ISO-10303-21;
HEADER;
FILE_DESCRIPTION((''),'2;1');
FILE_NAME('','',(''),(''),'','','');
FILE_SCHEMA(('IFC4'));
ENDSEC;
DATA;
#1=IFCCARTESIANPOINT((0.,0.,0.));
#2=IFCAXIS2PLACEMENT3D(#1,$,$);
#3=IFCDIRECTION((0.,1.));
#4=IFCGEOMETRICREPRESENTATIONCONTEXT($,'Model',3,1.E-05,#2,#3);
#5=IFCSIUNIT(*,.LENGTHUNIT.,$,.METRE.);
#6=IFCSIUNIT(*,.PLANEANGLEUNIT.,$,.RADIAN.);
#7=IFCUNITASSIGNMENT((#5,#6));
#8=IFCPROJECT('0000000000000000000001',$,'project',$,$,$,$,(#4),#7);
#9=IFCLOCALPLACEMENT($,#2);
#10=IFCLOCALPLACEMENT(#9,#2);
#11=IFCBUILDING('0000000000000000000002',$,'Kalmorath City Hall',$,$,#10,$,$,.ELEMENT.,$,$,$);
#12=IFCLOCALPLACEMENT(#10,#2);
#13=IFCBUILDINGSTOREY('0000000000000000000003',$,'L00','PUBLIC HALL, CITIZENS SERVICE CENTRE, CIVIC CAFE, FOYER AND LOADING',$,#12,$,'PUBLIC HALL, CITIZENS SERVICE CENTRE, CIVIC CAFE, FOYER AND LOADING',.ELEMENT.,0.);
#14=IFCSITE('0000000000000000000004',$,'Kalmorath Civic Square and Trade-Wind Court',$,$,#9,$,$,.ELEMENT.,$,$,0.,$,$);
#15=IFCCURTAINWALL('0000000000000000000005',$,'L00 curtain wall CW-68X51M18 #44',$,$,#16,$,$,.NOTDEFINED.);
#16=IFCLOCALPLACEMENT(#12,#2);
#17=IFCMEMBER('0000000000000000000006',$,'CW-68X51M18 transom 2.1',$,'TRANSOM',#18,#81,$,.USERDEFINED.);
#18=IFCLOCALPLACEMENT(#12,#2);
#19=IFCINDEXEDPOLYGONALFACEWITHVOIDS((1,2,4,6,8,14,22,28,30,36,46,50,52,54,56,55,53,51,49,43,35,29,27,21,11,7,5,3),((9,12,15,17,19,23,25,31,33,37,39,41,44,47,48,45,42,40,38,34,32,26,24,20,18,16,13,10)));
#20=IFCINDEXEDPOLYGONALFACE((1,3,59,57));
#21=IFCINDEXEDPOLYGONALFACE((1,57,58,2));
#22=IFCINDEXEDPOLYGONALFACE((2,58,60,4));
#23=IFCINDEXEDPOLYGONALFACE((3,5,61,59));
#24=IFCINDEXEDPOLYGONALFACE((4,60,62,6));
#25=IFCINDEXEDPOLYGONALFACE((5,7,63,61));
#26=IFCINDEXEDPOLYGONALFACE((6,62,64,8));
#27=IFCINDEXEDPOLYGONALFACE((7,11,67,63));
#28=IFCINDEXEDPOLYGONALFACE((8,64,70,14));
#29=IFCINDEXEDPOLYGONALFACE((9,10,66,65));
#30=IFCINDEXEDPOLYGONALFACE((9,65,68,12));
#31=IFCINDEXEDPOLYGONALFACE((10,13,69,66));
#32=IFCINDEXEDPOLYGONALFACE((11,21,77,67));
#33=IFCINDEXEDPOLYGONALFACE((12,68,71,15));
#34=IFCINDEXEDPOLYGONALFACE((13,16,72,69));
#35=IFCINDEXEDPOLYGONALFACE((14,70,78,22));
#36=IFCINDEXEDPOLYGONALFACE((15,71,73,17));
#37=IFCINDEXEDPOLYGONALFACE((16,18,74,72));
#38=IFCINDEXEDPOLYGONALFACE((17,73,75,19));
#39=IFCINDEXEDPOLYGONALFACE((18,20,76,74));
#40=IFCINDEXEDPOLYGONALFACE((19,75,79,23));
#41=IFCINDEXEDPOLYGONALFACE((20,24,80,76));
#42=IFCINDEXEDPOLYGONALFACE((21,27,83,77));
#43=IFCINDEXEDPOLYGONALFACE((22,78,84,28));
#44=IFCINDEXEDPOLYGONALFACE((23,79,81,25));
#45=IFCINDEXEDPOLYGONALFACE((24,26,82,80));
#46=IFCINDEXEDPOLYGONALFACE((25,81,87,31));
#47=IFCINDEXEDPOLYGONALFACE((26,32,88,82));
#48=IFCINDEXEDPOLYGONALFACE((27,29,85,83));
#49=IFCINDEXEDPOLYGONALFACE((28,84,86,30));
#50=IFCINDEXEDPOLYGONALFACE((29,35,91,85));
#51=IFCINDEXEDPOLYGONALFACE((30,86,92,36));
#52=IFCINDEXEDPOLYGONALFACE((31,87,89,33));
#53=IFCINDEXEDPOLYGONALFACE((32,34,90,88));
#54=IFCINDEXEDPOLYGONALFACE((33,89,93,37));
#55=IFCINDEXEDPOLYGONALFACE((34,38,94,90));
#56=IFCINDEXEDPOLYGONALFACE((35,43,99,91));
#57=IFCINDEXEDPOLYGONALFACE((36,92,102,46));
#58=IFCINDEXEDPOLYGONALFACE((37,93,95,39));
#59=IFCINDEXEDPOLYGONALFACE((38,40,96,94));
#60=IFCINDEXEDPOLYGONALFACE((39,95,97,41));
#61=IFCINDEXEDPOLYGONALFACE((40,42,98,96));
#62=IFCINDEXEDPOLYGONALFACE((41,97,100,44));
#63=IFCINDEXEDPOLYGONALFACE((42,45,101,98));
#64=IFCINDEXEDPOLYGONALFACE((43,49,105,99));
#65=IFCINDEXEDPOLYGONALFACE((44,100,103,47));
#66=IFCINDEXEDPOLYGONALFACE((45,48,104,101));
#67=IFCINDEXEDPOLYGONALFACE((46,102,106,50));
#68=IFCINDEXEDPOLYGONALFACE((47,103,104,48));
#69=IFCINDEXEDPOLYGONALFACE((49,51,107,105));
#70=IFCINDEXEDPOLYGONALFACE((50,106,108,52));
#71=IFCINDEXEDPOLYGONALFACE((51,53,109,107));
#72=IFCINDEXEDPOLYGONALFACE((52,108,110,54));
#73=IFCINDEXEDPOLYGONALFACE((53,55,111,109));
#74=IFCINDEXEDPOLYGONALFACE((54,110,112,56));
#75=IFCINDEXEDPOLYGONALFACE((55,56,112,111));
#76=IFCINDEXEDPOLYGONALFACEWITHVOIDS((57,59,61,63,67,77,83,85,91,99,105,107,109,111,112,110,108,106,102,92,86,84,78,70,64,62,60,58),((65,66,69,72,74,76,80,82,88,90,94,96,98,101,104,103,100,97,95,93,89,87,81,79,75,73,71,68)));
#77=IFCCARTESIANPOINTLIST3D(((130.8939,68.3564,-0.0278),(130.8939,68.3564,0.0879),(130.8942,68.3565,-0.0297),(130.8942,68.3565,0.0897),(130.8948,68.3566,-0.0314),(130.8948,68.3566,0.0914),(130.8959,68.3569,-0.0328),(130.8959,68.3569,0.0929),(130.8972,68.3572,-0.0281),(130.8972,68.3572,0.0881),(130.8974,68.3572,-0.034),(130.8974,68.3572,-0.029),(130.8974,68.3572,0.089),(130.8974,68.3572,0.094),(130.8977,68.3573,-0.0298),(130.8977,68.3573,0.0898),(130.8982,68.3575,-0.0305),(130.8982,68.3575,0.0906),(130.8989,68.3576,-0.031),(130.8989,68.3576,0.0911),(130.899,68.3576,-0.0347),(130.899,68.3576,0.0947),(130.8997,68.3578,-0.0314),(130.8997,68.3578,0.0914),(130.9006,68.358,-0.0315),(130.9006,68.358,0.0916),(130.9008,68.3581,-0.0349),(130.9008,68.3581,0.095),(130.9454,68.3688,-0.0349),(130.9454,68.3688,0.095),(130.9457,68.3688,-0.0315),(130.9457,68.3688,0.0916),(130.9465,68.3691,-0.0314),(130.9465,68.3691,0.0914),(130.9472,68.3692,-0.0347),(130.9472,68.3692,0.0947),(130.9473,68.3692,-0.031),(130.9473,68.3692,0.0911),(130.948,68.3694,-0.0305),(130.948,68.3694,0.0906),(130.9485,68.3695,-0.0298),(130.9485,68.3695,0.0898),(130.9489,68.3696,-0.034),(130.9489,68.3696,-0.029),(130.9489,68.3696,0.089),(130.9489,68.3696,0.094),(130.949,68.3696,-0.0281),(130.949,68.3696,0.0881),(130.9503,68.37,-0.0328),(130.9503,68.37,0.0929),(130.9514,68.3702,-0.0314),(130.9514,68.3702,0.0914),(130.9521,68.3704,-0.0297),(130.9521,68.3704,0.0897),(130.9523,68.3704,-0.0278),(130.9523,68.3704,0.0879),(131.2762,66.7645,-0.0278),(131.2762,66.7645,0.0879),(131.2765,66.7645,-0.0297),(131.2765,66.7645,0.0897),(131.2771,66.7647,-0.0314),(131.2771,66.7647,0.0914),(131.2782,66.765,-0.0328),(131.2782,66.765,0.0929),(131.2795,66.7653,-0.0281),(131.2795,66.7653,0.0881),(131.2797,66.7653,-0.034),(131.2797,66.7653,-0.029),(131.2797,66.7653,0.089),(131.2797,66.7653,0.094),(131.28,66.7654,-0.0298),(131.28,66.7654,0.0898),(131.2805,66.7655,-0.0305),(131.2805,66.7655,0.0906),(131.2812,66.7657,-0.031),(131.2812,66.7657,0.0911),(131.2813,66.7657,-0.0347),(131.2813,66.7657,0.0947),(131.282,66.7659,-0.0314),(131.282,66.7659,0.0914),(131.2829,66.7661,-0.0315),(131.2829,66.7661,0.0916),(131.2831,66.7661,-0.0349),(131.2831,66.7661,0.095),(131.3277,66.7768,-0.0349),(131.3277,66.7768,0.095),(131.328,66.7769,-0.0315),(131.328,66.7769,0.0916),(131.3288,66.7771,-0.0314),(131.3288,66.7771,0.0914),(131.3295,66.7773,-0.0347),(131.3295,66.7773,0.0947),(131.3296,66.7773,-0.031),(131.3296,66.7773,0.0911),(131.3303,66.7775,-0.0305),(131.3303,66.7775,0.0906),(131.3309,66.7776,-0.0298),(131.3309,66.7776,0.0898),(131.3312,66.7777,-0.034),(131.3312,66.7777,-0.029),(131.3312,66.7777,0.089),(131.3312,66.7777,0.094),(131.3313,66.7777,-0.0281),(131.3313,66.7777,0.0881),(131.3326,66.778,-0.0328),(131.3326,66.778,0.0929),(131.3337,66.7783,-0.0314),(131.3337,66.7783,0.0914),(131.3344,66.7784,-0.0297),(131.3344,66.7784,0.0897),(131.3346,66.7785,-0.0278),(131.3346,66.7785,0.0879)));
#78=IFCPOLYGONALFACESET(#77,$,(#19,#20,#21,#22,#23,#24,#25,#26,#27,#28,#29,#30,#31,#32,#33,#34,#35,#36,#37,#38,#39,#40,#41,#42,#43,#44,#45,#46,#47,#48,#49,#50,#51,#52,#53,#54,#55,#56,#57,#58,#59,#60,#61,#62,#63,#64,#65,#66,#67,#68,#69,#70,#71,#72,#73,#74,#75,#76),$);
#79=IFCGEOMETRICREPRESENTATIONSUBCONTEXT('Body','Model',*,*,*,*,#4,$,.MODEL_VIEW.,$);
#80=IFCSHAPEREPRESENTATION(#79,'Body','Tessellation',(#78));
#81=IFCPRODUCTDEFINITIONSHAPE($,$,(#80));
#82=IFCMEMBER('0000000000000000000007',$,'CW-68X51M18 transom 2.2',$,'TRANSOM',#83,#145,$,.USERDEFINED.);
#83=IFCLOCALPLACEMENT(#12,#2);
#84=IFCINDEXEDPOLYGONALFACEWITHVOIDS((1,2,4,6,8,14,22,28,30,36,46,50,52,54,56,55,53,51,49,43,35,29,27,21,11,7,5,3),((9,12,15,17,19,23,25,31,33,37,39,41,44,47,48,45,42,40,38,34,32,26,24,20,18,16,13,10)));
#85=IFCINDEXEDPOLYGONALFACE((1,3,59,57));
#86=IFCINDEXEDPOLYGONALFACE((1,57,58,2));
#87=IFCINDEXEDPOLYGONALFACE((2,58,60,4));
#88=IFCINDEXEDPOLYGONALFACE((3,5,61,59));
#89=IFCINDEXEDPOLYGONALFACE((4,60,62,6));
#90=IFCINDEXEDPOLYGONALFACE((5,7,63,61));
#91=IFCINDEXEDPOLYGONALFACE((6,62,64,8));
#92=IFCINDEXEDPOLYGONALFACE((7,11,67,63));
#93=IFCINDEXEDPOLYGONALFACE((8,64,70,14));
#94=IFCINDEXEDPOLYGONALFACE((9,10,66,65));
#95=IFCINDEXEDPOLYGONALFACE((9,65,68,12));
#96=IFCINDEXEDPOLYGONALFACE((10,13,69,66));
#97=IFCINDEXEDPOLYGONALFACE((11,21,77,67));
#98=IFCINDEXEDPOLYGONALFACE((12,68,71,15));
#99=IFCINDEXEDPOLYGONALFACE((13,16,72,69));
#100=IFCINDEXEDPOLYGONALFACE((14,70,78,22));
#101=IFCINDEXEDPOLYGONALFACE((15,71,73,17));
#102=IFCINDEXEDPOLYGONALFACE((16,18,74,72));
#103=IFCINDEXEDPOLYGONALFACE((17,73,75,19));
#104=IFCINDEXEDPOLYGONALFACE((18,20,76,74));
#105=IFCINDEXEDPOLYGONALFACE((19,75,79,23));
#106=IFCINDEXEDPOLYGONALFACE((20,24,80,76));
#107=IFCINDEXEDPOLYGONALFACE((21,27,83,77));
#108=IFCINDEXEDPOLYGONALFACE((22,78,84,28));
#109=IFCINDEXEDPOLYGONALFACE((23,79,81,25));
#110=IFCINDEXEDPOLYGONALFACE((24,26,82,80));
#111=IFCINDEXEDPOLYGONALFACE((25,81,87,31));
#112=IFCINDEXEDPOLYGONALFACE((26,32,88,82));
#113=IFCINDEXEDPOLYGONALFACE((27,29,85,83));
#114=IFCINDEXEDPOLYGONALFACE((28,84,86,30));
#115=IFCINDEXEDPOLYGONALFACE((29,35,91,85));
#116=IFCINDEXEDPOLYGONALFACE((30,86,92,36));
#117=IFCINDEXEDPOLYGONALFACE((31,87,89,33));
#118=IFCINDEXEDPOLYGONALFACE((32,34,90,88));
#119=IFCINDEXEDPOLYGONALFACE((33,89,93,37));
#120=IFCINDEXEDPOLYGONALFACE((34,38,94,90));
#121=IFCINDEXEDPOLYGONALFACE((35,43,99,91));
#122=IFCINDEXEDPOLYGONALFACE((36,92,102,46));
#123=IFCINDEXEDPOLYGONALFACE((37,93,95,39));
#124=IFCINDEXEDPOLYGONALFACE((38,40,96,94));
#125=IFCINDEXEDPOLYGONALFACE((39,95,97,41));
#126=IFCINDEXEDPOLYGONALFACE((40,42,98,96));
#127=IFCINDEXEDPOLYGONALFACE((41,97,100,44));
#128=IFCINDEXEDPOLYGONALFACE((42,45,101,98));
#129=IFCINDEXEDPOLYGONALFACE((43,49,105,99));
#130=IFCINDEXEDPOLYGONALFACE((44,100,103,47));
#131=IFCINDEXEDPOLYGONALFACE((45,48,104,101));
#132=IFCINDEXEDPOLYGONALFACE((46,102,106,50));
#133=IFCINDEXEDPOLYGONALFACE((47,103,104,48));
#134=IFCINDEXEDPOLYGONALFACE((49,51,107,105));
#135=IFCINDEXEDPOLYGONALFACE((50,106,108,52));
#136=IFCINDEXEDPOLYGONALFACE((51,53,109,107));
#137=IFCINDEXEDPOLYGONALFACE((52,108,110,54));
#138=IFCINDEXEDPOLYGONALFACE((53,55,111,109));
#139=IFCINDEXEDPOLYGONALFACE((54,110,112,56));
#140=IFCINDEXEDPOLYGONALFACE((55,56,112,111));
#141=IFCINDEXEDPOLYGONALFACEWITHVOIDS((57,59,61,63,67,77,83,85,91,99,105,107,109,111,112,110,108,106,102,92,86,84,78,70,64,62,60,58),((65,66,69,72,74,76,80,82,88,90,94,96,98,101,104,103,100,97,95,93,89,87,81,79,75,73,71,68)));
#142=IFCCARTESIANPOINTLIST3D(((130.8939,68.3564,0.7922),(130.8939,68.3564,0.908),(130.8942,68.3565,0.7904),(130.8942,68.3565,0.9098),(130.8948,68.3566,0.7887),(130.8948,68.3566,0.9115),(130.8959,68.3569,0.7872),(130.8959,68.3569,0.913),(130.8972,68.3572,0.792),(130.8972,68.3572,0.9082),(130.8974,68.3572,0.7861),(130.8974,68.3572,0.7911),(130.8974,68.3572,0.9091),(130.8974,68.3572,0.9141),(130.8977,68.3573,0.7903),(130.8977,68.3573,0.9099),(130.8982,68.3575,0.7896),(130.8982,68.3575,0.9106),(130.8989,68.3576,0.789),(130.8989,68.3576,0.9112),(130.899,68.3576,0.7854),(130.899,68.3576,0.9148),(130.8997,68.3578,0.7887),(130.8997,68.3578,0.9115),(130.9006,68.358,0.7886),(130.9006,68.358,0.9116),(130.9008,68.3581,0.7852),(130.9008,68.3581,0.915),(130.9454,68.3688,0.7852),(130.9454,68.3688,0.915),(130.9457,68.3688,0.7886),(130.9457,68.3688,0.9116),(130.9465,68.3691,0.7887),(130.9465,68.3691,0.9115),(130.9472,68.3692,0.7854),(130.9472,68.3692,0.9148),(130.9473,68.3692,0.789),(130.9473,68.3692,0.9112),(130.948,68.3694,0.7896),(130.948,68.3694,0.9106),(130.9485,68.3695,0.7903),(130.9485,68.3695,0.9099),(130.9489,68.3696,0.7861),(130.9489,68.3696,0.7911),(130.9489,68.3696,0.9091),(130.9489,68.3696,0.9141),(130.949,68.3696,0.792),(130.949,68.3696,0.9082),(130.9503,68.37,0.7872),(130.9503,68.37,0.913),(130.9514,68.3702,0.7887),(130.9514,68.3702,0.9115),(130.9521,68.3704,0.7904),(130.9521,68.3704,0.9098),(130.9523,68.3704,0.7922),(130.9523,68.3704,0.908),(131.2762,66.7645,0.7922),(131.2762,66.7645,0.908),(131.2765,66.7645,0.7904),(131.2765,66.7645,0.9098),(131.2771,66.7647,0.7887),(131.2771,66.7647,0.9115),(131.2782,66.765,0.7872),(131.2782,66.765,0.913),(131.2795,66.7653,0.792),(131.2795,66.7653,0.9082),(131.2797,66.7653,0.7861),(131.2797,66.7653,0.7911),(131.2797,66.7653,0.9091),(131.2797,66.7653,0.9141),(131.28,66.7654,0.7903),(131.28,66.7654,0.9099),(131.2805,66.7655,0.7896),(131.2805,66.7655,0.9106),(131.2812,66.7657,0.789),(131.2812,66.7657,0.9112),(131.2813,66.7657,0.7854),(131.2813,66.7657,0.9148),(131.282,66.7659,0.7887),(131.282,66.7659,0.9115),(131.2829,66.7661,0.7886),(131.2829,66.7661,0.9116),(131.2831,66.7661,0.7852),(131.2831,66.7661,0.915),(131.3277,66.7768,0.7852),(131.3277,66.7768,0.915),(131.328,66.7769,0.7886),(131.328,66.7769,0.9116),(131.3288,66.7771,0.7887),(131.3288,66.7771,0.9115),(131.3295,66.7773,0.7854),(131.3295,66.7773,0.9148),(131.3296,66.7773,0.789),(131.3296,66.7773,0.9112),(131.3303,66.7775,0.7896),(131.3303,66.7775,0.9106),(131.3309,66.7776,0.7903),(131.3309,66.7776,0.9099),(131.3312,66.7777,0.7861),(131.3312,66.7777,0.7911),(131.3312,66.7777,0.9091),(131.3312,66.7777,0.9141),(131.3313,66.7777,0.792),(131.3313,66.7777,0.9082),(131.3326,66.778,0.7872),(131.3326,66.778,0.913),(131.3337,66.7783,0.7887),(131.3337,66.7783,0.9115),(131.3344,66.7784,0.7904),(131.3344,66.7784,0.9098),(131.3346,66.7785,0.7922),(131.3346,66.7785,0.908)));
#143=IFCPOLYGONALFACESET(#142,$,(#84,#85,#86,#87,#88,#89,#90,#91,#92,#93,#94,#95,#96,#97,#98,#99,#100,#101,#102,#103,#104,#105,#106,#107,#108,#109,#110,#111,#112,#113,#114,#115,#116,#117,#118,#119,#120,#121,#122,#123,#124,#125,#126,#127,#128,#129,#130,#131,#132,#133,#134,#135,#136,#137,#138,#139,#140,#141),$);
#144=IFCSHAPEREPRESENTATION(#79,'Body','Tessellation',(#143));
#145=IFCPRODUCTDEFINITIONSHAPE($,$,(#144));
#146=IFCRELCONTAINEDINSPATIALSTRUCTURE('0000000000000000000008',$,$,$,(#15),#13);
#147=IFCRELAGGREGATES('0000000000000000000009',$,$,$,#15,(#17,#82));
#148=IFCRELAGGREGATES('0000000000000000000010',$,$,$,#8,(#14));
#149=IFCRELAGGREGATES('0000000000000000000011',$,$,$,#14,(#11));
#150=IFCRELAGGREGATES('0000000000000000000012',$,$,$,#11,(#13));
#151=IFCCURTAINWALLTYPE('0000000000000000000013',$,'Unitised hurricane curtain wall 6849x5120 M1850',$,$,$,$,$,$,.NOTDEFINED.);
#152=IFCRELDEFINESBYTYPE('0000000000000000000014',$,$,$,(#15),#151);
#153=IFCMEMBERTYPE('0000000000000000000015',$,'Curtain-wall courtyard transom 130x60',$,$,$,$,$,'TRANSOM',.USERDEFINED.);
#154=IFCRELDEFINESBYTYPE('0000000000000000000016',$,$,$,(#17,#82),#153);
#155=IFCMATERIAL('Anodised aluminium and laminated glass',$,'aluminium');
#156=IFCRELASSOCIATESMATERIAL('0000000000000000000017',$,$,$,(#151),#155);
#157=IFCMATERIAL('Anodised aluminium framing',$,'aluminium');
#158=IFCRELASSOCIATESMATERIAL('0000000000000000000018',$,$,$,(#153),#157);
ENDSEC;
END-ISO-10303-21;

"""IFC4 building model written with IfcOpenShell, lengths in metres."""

from ifc_helpers import new_model, si_unit, direction, frame, origin, origin_2d, place, context, subcontext, project, spatial, hollow_rectangle, extrude, material, material_profile, profile_set, type_object, element, aggregate, save


model = new_model("IFC4")

# Units and contexts
model_context = context("Model", 3, precision=1e-05, world=origin(), true_north=direction((0.0, 1.0)))
body_context = subcontext(model_context, "Body", "Model", "MODEL_VIEW")
ifc_project = project(units=[si_unit("LENGTHUNIT", "METRE"), si_unit("PLANEANGLEUNIT", "RADIAN")], contexts=[model_context])

# Site, building, storey
site_placement = place(None, origin())
site = spatial("IfcSite", under=ifc_project, at=site_placement, Name="Kalmorath Civic Square and Trade-Wind Court", CompositionType="ELEMENT", RefElevation=0.0)
building_placement = place(site_placement, origin())
building = spatial("IfcBuilding", under=site, at=building_placement, Name="Kalmorath City Hall", CompositionType="ELEMENT")
storey_placement = place(building_placement, origin())
storey = spatial("IfcBuildingStorey", under=building, at=storey_placement, Name="L00", Description="PUBLIC HALL, CITIZENS SERVICE CENTRE, CIVIC CAFE, FOYER AND LOADING", LongName="PUBLIC HALL, CITIZENS SERVICE CENTRE, CIVIC CAFE, FOYER AND LOADING", CompositionType="ELEMENT", Elevation=0.0)

# Curtain wall, members
ifc_material_1 = material(Name="Anodised aluminium and laminated glass", Category="aluminium")
curtain_wall_type = type_object("IfcCurtainWallType", Name="Unitised hurricane curtain wall 6849x5120 M1850", PredefinedType="NOTDEFINED", material=ifc_material_1)
curtain_wall_1_placement = place(storey_placement, origin())
curtain_wall_1 = element("IfcCurtainWall", 1, at=curtain_wall_1_placement, inside=storey, type_object=curtain_wall_type, Name="L00 curtain wall CW-68X51M18 #44", PredefinedType="NOTDEFINED")
ifc_material_2 = material(Name="Anodised aluminium framing", Category="aluminium")
ifc_material_profile_1 = material_profile(ifc_material_2, hollow_rectangle(XDim=0.0601, YDim=0.1299, WallThickness=0.0034, InnerFilletRadius=0.0034, OuterFilletRadius=0.0071, at=origin_2d()), Name="ALU-TRN-130X60X3.5")
ifc_profile_set_1 = profile_set([ifc_material_profile_1], Name="Anodised aluminium framing")
member_type_1 = type_object("IfcMemberType", Name="Curtain-wall courtyard transom 130x60", ElementType="TRANSOM", PredefinedType="USERDEFINED", material=ifc_profile_set_1)
member_1_placement = place(storey_placement, frame((131.3054, 66.7715, 0.03), z_axis=(-0.233508, 0.972355, 0.0), x_axis=(-0.972355, -0.233508, 0.0)))
member_1 = element("IfcMember", 2, at=member_1_placement, type_object=member_type_1, Name="CW-68X51M18 transom 2.1", ObjectType="TRANSOM", PredefinedType="USERDEFINED", context=body_context, shape_type="SweptSolid", body=[
    extrude(hollow_rectangle(XDim=0.0601, YDim=0.1299, WallThickness=0.0034, InnerFilletRadius=0.0034, OuterFilletRadius=0.0071, at=origin_2d()), origin(), (0.0, 0.0, 1.0), 1.6372),
])
member_2_placement = place(storey_placement, frame((131.3054, 66.7715, 0.8501), z_axis=(-0.233508, 0.972355, 0.0), x_axis=(-0.972355, -0.233508, 0.0)))
member_2 = element("IfcMember", 3, at=member_2_placement, type_object=member_type_1, Name="CW-68X51M18 transom 2.2", ObjectType="TRANSOM", PredefinedType="USERDEFINED", context=body_context, shape_type="SweptSolid", body=[
    extrude(hollow_rectangle(XDim=0.0601, YDim=0.1299, WallThickness=0.0034, InnerFilletRadius=0.0034, OuterFilletRadius=0.0071, at=origin_2d()), origin(), (0.0, 0.0, 1.0), 1.6372),
])

aggregate(curtain_wall_1, [member_1, member_2])

save(model, "model.ifc")
